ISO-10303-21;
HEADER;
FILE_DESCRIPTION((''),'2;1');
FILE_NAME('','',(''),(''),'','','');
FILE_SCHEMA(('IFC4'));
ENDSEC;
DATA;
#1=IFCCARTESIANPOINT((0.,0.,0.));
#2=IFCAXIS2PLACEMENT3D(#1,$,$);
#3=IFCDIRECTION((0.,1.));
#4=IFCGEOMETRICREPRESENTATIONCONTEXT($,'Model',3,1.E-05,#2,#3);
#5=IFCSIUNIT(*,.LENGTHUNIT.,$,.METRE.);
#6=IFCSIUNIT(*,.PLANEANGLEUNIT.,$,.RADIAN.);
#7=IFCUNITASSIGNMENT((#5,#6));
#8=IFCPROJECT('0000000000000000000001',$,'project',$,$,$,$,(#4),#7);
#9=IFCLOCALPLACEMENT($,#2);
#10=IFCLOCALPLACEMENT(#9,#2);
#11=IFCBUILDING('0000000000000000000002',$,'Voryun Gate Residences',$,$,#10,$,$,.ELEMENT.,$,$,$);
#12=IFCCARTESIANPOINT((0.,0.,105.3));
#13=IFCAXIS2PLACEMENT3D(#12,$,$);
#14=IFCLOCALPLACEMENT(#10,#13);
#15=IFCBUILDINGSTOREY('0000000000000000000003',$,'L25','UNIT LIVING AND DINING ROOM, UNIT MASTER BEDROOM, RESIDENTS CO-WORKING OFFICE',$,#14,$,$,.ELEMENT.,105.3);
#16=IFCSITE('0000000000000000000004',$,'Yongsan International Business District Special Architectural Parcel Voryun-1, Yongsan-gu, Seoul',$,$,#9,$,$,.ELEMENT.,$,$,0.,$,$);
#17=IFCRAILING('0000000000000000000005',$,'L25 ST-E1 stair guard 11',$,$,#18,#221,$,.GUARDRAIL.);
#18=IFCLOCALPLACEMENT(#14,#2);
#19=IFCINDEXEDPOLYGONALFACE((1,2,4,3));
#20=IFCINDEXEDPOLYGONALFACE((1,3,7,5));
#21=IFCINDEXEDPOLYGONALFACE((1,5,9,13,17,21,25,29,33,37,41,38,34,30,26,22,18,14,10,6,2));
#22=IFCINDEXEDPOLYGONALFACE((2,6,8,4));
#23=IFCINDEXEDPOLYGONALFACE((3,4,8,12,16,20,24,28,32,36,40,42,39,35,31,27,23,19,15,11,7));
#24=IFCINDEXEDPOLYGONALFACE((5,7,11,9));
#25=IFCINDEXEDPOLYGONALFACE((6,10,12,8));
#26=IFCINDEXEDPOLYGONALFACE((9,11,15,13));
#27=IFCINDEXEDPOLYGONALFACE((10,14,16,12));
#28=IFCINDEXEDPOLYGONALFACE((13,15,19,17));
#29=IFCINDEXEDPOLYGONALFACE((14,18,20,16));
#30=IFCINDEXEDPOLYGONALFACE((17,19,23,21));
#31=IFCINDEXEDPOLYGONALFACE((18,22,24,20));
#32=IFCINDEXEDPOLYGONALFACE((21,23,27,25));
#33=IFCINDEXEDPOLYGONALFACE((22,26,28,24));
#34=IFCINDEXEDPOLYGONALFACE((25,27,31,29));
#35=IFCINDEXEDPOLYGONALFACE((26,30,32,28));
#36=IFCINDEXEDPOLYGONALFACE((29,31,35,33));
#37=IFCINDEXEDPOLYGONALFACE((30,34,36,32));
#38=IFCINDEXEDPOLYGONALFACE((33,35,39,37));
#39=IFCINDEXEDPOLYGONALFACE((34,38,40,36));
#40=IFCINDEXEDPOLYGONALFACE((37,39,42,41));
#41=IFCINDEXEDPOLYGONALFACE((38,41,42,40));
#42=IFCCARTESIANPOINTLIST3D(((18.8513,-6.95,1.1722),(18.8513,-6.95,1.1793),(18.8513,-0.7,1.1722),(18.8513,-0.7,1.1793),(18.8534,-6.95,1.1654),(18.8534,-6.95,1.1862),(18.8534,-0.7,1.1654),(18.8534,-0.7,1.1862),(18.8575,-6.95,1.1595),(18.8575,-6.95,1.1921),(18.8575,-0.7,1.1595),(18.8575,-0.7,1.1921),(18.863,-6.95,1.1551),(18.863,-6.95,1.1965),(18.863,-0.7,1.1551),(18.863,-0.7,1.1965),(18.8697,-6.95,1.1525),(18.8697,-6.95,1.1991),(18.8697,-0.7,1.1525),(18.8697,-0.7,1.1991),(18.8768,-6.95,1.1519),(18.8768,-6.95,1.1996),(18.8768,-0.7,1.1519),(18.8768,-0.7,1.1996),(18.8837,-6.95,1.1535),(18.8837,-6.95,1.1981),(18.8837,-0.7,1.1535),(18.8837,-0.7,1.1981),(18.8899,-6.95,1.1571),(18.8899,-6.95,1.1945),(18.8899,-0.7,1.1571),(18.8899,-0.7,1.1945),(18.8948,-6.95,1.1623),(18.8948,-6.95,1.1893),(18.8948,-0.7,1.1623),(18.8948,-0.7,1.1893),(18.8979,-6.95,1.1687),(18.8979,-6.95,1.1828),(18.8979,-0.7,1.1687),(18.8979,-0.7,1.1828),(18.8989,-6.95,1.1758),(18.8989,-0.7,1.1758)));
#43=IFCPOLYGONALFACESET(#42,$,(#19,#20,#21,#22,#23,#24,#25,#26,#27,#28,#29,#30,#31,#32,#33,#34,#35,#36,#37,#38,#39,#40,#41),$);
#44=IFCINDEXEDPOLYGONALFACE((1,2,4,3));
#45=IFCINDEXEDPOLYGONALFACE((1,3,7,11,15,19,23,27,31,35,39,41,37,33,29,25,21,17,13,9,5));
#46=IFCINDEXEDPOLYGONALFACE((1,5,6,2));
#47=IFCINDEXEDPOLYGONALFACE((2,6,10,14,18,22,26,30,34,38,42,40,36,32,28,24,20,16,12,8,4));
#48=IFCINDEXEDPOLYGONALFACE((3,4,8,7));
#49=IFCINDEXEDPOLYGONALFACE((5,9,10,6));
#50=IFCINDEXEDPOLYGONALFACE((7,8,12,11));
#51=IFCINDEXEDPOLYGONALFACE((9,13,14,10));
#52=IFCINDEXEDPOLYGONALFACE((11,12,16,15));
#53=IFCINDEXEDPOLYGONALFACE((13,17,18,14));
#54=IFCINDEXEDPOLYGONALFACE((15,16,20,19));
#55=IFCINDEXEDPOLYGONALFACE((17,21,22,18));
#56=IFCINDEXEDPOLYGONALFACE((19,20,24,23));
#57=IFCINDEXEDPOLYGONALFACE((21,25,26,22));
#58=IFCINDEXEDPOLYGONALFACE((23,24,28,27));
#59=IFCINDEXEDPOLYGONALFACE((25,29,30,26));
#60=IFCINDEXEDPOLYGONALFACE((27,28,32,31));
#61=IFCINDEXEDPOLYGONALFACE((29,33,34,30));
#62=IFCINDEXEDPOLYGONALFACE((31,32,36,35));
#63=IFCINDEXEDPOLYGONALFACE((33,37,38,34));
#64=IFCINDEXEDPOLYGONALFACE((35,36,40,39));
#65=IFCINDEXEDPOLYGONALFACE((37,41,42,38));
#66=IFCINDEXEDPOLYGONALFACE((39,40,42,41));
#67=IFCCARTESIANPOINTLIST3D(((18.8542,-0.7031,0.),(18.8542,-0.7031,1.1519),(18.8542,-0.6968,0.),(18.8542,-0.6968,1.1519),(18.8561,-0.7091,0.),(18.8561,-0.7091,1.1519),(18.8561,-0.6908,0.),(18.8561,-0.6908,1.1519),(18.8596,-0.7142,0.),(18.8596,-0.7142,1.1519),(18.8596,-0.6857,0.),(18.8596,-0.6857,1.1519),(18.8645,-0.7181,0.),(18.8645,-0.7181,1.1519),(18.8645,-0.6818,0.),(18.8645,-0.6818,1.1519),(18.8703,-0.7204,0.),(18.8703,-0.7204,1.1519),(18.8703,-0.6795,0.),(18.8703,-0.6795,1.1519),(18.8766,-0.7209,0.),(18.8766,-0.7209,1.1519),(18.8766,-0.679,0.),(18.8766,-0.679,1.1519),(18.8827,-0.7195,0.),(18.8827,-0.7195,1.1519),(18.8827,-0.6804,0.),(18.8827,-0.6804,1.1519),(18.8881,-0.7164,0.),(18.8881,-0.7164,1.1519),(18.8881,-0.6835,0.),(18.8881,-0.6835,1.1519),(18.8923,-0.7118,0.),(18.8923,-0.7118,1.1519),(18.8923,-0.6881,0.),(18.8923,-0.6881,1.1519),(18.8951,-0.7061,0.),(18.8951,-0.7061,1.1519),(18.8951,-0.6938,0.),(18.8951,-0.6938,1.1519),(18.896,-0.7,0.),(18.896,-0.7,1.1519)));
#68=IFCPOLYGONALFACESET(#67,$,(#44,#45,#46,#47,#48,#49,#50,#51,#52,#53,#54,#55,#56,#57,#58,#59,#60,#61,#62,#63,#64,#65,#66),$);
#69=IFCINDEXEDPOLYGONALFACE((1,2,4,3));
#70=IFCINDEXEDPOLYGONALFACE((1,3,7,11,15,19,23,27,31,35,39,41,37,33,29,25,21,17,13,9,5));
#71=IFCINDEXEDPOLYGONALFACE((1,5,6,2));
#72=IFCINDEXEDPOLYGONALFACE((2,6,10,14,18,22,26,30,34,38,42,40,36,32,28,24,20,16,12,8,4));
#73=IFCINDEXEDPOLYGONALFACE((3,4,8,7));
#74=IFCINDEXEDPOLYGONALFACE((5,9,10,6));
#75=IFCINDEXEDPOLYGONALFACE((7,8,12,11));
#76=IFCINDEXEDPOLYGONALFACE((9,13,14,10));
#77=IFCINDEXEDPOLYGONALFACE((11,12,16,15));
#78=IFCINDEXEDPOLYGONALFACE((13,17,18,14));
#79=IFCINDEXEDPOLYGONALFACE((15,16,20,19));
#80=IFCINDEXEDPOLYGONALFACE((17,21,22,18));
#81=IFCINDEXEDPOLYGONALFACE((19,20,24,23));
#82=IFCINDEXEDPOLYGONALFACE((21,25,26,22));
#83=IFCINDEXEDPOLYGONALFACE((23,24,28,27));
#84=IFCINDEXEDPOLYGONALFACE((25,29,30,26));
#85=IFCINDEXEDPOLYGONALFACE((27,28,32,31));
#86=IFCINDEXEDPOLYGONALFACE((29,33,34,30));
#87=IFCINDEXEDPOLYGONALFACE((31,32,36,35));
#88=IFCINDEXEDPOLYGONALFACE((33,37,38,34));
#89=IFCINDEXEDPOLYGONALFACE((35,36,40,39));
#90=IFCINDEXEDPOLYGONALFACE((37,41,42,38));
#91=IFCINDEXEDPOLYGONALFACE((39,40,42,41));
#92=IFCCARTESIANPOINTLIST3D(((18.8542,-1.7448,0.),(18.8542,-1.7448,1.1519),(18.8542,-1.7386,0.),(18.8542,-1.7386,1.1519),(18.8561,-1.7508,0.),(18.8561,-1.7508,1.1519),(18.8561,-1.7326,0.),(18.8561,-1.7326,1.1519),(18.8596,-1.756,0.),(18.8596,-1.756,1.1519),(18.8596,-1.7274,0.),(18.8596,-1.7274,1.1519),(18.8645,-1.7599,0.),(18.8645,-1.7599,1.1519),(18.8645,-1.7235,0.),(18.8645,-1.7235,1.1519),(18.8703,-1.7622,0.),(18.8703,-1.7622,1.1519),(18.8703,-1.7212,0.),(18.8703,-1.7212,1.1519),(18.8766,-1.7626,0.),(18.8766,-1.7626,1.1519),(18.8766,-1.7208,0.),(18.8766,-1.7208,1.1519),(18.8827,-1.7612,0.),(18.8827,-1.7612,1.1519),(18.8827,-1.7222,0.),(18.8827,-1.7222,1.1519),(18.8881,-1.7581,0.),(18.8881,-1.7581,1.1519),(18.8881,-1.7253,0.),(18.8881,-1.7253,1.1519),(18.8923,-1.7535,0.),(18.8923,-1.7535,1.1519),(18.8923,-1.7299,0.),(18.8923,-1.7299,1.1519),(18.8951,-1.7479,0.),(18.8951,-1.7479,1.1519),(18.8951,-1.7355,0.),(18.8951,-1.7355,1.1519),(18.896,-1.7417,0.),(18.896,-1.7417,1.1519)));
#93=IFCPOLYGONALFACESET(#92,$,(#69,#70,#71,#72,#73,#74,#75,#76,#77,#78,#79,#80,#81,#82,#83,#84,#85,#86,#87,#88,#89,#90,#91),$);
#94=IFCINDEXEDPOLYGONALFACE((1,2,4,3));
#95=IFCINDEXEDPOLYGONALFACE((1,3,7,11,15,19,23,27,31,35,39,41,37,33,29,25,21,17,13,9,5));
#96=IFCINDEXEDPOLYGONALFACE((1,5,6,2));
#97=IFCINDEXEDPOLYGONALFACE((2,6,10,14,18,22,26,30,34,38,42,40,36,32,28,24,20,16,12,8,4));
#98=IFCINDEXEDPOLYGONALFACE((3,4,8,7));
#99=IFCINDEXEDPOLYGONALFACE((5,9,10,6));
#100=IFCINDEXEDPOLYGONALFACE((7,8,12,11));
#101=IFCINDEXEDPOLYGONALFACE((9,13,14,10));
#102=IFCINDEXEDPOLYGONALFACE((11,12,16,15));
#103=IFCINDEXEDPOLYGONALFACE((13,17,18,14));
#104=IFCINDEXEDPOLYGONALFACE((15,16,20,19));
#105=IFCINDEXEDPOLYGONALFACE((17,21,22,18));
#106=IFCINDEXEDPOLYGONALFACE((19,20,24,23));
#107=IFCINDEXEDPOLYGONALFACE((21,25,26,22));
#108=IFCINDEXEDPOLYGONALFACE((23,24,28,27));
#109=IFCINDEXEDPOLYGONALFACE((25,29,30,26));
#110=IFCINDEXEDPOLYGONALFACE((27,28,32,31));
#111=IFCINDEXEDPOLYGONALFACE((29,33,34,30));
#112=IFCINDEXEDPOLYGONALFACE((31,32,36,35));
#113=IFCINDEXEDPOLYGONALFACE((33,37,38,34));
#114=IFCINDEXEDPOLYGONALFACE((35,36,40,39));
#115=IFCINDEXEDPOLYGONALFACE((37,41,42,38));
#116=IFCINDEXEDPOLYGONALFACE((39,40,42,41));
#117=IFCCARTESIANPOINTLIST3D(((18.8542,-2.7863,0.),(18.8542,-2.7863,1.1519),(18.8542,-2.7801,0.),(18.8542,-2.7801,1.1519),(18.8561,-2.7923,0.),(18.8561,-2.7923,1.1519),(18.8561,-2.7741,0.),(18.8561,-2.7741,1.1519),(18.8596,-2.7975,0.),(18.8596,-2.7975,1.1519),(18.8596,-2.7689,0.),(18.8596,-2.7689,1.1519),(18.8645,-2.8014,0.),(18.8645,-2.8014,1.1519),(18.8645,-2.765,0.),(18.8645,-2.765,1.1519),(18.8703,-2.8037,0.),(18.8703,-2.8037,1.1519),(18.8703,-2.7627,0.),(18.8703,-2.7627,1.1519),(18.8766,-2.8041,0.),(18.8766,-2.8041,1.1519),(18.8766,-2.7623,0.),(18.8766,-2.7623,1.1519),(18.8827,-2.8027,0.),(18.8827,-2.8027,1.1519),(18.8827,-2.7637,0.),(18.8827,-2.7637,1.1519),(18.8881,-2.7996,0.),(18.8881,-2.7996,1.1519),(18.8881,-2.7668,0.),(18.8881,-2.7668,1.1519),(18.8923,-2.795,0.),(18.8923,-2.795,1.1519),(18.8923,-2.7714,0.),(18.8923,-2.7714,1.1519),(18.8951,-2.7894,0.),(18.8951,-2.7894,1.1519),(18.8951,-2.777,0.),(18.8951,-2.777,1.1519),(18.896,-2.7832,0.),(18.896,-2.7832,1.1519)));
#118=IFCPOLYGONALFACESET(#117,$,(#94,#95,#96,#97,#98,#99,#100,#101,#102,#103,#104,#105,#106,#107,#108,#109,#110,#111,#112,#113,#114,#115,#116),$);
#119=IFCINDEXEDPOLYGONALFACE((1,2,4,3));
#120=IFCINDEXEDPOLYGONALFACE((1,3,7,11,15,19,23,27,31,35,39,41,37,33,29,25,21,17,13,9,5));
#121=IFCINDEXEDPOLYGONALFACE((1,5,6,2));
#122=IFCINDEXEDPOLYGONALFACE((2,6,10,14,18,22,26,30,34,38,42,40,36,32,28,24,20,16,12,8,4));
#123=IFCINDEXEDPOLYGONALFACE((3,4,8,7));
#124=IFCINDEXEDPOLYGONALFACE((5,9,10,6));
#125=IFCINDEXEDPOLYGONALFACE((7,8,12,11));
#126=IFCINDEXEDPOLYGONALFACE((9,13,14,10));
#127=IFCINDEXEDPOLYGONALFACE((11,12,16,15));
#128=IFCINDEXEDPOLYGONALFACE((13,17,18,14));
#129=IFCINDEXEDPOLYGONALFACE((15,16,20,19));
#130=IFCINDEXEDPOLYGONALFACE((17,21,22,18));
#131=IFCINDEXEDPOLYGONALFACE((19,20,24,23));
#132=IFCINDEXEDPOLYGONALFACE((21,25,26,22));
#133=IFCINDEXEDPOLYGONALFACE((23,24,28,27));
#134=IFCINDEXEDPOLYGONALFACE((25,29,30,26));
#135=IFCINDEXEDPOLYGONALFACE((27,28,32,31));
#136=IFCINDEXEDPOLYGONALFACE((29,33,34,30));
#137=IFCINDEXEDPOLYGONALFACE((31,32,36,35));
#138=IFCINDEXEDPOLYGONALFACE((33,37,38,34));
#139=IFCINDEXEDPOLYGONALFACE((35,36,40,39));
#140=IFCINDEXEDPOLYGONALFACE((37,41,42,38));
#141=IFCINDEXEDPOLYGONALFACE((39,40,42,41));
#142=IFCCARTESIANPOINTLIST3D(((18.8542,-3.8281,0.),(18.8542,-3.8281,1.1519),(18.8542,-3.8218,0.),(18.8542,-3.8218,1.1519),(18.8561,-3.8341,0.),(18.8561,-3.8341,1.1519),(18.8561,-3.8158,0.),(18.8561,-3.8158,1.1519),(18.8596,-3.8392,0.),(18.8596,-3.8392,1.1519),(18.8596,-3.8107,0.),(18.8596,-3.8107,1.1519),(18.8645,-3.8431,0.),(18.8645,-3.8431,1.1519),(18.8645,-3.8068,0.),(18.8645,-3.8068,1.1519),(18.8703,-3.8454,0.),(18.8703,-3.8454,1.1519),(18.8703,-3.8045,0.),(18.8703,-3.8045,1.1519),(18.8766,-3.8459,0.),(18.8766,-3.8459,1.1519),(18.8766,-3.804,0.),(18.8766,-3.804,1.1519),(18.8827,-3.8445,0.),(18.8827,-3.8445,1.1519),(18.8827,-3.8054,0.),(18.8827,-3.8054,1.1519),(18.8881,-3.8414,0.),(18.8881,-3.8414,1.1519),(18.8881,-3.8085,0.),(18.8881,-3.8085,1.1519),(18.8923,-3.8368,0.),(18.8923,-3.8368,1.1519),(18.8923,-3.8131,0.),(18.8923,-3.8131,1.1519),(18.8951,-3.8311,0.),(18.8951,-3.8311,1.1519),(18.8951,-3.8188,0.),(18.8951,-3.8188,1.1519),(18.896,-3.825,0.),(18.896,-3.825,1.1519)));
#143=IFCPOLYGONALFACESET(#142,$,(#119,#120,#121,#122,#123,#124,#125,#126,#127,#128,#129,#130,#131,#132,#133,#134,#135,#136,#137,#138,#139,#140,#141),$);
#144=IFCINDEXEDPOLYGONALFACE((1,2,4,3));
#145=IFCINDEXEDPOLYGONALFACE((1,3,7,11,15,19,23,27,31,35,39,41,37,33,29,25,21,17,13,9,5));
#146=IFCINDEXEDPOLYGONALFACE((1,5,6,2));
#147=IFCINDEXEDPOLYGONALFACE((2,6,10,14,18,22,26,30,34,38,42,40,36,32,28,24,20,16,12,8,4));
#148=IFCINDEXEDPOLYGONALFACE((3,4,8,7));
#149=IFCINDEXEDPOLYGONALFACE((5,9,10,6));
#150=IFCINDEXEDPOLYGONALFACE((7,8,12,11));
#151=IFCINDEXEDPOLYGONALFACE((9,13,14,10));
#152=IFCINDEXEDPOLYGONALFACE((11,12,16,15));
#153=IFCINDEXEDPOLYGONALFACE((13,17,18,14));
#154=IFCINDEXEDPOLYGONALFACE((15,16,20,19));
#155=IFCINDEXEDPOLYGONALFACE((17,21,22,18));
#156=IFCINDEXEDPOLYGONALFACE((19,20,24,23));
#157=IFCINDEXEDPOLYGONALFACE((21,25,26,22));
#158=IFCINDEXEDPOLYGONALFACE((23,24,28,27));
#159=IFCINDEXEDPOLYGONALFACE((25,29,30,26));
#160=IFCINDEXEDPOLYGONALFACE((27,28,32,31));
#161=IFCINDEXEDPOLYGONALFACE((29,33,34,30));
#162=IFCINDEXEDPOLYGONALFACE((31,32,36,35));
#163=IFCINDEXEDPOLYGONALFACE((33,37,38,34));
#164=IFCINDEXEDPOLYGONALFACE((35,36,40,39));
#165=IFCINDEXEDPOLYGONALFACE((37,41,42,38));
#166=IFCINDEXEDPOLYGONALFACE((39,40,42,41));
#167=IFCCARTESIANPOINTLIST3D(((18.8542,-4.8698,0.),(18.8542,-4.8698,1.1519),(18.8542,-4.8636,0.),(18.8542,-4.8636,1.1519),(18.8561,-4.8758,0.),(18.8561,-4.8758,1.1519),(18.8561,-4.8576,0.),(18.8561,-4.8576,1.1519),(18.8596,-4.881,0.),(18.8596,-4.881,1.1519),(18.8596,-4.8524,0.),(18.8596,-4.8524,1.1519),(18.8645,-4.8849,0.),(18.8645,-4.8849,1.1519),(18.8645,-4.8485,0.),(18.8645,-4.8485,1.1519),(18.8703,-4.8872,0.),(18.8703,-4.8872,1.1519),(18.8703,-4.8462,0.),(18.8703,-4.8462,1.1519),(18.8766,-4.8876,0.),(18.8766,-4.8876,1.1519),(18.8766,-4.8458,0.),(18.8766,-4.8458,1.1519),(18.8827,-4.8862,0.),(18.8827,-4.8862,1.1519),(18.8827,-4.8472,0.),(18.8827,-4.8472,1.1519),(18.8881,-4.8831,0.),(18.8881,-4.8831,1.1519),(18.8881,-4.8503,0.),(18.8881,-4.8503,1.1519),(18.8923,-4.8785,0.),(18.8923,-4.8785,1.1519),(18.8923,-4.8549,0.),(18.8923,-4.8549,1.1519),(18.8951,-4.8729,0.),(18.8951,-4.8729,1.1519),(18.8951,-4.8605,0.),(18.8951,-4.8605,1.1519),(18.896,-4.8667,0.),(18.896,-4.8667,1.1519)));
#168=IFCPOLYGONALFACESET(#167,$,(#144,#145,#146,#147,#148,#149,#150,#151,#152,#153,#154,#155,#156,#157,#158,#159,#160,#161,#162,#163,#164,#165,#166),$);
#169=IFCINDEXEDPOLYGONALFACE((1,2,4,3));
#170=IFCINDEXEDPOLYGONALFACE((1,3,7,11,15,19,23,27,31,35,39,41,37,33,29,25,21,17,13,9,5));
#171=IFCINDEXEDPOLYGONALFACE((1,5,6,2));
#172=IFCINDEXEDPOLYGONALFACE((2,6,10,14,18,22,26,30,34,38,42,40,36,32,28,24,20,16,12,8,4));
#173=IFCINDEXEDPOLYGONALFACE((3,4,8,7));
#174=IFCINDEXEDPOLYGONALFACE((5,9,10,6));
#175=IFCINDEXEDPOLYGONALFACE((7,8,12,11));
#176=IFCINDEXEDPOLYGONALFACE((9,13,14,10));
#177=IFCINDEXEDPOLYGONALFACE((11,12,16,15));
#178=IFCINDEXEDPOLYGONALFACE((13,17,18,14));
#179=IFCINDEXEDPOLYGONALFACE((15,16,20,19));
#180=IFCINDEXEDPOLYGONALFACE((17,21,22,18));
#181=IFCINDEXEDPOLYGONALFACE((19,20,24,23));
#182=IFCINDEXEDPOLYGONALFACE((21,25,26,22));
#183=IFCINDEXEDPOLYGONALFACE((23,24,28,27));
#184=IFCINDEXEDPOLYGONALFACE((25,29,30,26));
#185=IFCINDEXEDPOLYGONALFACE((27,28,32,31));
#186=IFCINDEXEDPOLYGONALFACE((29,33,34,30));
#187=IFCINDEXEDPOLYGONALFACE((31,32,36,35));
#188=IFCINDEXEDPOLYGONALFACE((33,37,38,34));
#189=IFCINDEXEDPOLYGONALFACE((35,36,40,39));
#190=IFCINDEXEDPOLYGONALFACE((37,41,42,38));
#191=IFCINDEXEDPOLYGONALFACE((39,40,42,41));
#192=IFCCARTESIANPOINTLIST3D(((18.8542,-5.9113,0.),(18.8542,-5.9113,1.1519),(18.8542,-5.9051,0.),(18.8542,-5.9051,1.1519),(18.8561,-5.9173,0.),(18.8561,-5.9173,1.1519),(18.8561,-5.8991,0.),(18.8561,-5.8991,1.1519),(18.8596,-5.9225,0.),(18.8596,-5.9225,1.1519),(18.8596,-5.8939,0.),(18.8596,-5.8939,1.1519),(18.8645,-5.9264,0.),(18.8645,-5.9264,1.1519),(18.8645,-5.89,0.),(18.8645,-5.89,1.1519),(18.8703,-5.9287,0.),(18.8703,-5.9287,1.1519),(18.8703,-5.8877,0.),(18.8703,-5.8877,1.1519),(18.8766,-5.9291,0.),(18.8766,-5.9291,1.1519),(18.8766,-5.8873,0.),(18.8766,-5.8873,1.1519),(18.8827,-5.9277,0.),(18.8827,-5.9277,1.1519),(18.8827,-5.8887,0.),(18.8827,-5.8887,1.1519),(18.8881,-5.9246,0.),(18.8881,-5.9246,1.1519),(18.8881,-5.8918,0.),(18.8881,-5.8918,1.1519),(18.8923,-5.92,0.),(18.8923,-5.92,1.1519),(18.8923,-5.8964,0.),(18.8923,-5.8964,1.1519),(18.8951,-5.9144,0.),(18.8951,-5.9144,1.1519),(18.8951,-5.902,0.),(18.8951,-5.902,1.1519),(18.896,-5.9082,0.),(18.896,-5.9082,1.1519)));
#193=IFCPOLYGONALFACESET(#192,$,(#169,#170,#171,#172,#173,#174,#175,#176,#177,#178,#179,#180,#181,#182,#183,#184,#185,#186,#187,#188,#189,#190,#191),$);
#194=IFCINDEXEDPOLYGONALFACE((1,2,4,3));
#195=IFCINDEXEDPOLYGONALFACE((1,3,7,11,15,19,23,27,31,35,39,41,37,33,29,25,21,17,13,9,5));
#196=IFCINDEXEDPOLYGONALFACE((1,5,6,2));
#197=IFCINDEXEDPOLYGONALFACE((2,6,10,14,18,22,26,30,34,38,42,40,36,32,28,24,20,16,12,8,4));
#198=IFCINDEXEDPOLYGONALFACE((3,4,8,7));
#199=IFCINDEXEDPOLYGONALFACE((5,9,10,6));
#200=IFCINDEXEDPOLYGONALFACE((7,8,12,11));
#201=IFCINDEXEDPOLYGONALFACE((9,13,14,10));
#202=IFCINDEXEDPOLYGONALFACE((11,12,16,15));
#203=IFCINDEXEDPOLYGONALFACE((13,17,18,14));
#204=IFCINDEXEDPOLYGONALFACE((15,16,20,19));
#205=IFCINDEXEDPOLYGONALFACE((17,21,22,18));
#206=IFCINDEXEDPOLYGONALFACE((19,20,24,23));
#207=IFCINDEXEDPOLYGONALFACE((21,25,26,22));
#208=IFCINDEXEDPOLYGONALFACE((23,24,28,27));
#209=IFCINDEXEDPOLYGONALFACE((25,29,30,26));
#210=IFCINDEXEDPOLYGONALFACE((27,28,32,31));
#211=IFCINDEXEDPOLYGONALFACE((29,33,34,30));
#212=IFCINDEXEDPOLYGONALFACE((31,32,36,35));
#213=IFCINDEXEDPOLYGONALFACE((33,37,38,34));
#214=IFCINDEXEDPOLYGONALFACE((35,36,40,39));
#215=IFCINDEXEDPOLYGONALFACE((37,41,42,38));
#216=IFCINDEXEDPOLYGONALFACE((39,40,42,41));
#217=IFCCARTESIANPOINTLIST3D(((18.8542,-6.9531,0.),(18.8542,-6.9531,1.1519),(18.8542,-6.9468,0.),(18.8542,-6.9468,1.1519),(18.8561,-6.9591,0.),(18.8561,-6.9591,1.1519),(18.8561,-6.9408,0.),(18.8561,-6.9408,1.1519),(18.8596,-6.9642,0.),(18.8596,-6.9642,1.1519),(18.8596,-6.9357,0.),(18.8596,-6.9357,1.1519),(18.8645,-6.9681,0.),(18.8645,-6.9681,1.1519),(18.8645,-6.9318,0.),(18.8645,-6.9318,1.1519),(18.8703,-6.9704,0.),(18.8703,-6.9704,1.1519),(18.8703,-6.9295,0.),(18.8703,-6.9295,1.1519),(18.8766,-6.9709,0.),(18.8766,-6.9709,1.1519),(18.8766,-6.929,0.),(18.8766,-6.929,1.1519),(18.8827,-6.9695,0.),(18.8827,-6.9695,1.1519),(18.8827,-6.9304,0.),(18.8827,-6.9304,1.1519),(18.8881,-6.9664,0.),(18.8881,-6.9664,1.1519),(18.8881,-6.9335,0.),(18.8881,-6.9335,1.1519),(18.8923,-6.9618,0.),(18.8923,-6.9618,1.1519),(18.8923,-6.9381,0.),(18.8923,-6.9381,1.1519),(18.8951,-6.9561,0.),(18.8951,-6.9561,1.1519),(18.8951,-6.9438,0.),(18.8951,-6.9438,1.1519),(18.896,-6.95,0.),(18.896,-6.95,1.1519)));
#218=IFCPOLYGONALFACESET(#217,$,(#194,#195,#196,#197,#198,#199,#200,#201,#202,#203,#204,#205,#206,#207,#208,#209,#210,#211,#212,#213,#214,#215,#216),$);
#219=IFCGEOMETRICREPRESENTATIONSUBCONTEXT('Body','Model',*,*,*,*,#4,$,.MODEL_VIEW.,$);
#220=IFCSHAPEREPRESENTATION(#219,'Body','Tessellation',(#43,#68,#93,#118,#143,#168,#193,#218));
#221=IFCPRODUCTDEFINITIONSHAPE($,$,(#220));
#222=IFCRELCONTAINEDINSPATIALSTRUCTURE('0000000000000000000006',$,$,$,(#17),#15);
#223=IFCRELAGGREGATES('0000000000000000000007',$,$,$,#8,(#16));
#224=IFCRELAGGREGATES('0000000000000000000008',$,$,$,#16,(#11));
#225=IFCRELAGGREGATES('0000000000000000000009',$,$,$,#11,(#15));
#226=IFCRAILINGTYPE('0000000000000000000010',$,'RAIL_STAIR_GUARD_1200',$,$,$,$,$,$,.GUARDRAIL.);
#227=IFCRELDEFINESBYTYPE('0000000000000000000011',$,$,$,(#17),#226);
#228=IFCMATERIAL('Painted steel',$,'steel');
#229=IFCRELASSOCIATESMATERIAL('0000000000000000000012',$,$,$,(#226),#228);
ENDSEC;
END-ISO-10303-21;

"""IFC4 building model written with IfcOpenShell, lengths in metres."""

from ifc_helpers import new_model, si_unit, direction, frame, origin, origin_2d, place, context, subcontext, project, spatial, circle, extrude, material, type_object, element, save


model = new_model("IFC4")

# Units and contexts
model_context = context("Model", 3, precision=1e-05, world=origin(), true_north=direction((0.0, 1.0)))
body_context = subcontext(model_context, "Body", "Model", "MODEL_VIEW")
ifc_project = project(units=[si_unit("LENGTHUNIT", "METRE"), si_unit("PLANEANGLEUNIT", "RADIAN")], contexts=[model_context])

# Site, building, storey
site_placement = place(None, origin())
site = spatial("IfcSite", under=ifc_project, at=site_placement, Name="Yongsan International Business District Special Architectural Parcel Voryun-1, Yongsan-gu, Seoul", CompositionType="ELEMENT", RefElevation=0.0)
building_placement = place(site_placement, origin())
building = spatial("IfcBuilding", under=site, at=building_placement, Name="Voryun Gate Residences", CompositionType="ELEMENT")
storey_placement = place(building_placement, frame((0.0, 0.0, 105.3)))
storey = spatial("IfcBuildingStorey", under=building, at=storey_placement, Name="L25", Description="UNIT LIVING AND DINING ROOM, UNIT MASTER BEDROOM, RESIDENTS CO-WORKING OFFICE", CompositionType="ELEMENT", Elevation=105.3)

# Railing
ifc_material_1 = material(Name="Painted steel", Category="steel")
railing_type = type_object("IfcRailingType", Name="RAIL_STAIR_GUARD_1200", PredefinedType="GUARDRAIL", material=ifc_material_1)
railing_1_placement = place(storey_placement, frame((18.875, -0.7, 0.0)))
element("IfcRailing", 1, at=railing_1_placement, inside=storey, type_object=railing_type, Name="L25 ST-E1 stair guard 11", PredefinedType="GUARDRAIL", context=body_context, shape_type="SweptSolid", body=[
    extrude(circle(Radius=0.0239, at=origin_2d()), frame((0.0, 0.0, 1.1758), z_axis=(0.0, -1.0, 0.0), x_axis=(1.0, 0.0, 0.0)), (0.0, 0.0, 1.0), 6.25),
    extrude(circle(Radius=0.021, at=origin_2d()), origin(), (0.0, 0.0, 1.0), 1.1519),
    extrude(circle(Radius=0.021, at=origin_2d()), frame((0.0, -1.0417, 0.0)), (0.0, 0.0, 1.0), 1.1519),
    extrude(circle(Radius=0.021, at=origin_2d()), frame((0.0, -2.0833, 0.0)), (0.0, 0.0, 1.0), 1.1519),
    extrude(circle(Radius=0.021, at=origin_2d()), frame((0.0, -3.125, 0.0)), (0.0, 0.0, 1.0), 1.1519),
    extrude(circle(Radius=0.021, at=origin_2d()), frame((0.0, -4.1667, 0.0)), (0.0, 0.0, 1.0), 1.1519),
    extrude(circle(Radius=0.021, at=origin_2d()), frame((0.0, -5.2083, 0.0)), (0.0, 0.0, 1.0), 1.1519),
    extrude(circle(Radius=0.021, at=origin_2d()), frame((0.0, -6.25, 0.0)), (0.0, 0.0, 1.0), 1.1519),
])

save(model, "model.ifc")
